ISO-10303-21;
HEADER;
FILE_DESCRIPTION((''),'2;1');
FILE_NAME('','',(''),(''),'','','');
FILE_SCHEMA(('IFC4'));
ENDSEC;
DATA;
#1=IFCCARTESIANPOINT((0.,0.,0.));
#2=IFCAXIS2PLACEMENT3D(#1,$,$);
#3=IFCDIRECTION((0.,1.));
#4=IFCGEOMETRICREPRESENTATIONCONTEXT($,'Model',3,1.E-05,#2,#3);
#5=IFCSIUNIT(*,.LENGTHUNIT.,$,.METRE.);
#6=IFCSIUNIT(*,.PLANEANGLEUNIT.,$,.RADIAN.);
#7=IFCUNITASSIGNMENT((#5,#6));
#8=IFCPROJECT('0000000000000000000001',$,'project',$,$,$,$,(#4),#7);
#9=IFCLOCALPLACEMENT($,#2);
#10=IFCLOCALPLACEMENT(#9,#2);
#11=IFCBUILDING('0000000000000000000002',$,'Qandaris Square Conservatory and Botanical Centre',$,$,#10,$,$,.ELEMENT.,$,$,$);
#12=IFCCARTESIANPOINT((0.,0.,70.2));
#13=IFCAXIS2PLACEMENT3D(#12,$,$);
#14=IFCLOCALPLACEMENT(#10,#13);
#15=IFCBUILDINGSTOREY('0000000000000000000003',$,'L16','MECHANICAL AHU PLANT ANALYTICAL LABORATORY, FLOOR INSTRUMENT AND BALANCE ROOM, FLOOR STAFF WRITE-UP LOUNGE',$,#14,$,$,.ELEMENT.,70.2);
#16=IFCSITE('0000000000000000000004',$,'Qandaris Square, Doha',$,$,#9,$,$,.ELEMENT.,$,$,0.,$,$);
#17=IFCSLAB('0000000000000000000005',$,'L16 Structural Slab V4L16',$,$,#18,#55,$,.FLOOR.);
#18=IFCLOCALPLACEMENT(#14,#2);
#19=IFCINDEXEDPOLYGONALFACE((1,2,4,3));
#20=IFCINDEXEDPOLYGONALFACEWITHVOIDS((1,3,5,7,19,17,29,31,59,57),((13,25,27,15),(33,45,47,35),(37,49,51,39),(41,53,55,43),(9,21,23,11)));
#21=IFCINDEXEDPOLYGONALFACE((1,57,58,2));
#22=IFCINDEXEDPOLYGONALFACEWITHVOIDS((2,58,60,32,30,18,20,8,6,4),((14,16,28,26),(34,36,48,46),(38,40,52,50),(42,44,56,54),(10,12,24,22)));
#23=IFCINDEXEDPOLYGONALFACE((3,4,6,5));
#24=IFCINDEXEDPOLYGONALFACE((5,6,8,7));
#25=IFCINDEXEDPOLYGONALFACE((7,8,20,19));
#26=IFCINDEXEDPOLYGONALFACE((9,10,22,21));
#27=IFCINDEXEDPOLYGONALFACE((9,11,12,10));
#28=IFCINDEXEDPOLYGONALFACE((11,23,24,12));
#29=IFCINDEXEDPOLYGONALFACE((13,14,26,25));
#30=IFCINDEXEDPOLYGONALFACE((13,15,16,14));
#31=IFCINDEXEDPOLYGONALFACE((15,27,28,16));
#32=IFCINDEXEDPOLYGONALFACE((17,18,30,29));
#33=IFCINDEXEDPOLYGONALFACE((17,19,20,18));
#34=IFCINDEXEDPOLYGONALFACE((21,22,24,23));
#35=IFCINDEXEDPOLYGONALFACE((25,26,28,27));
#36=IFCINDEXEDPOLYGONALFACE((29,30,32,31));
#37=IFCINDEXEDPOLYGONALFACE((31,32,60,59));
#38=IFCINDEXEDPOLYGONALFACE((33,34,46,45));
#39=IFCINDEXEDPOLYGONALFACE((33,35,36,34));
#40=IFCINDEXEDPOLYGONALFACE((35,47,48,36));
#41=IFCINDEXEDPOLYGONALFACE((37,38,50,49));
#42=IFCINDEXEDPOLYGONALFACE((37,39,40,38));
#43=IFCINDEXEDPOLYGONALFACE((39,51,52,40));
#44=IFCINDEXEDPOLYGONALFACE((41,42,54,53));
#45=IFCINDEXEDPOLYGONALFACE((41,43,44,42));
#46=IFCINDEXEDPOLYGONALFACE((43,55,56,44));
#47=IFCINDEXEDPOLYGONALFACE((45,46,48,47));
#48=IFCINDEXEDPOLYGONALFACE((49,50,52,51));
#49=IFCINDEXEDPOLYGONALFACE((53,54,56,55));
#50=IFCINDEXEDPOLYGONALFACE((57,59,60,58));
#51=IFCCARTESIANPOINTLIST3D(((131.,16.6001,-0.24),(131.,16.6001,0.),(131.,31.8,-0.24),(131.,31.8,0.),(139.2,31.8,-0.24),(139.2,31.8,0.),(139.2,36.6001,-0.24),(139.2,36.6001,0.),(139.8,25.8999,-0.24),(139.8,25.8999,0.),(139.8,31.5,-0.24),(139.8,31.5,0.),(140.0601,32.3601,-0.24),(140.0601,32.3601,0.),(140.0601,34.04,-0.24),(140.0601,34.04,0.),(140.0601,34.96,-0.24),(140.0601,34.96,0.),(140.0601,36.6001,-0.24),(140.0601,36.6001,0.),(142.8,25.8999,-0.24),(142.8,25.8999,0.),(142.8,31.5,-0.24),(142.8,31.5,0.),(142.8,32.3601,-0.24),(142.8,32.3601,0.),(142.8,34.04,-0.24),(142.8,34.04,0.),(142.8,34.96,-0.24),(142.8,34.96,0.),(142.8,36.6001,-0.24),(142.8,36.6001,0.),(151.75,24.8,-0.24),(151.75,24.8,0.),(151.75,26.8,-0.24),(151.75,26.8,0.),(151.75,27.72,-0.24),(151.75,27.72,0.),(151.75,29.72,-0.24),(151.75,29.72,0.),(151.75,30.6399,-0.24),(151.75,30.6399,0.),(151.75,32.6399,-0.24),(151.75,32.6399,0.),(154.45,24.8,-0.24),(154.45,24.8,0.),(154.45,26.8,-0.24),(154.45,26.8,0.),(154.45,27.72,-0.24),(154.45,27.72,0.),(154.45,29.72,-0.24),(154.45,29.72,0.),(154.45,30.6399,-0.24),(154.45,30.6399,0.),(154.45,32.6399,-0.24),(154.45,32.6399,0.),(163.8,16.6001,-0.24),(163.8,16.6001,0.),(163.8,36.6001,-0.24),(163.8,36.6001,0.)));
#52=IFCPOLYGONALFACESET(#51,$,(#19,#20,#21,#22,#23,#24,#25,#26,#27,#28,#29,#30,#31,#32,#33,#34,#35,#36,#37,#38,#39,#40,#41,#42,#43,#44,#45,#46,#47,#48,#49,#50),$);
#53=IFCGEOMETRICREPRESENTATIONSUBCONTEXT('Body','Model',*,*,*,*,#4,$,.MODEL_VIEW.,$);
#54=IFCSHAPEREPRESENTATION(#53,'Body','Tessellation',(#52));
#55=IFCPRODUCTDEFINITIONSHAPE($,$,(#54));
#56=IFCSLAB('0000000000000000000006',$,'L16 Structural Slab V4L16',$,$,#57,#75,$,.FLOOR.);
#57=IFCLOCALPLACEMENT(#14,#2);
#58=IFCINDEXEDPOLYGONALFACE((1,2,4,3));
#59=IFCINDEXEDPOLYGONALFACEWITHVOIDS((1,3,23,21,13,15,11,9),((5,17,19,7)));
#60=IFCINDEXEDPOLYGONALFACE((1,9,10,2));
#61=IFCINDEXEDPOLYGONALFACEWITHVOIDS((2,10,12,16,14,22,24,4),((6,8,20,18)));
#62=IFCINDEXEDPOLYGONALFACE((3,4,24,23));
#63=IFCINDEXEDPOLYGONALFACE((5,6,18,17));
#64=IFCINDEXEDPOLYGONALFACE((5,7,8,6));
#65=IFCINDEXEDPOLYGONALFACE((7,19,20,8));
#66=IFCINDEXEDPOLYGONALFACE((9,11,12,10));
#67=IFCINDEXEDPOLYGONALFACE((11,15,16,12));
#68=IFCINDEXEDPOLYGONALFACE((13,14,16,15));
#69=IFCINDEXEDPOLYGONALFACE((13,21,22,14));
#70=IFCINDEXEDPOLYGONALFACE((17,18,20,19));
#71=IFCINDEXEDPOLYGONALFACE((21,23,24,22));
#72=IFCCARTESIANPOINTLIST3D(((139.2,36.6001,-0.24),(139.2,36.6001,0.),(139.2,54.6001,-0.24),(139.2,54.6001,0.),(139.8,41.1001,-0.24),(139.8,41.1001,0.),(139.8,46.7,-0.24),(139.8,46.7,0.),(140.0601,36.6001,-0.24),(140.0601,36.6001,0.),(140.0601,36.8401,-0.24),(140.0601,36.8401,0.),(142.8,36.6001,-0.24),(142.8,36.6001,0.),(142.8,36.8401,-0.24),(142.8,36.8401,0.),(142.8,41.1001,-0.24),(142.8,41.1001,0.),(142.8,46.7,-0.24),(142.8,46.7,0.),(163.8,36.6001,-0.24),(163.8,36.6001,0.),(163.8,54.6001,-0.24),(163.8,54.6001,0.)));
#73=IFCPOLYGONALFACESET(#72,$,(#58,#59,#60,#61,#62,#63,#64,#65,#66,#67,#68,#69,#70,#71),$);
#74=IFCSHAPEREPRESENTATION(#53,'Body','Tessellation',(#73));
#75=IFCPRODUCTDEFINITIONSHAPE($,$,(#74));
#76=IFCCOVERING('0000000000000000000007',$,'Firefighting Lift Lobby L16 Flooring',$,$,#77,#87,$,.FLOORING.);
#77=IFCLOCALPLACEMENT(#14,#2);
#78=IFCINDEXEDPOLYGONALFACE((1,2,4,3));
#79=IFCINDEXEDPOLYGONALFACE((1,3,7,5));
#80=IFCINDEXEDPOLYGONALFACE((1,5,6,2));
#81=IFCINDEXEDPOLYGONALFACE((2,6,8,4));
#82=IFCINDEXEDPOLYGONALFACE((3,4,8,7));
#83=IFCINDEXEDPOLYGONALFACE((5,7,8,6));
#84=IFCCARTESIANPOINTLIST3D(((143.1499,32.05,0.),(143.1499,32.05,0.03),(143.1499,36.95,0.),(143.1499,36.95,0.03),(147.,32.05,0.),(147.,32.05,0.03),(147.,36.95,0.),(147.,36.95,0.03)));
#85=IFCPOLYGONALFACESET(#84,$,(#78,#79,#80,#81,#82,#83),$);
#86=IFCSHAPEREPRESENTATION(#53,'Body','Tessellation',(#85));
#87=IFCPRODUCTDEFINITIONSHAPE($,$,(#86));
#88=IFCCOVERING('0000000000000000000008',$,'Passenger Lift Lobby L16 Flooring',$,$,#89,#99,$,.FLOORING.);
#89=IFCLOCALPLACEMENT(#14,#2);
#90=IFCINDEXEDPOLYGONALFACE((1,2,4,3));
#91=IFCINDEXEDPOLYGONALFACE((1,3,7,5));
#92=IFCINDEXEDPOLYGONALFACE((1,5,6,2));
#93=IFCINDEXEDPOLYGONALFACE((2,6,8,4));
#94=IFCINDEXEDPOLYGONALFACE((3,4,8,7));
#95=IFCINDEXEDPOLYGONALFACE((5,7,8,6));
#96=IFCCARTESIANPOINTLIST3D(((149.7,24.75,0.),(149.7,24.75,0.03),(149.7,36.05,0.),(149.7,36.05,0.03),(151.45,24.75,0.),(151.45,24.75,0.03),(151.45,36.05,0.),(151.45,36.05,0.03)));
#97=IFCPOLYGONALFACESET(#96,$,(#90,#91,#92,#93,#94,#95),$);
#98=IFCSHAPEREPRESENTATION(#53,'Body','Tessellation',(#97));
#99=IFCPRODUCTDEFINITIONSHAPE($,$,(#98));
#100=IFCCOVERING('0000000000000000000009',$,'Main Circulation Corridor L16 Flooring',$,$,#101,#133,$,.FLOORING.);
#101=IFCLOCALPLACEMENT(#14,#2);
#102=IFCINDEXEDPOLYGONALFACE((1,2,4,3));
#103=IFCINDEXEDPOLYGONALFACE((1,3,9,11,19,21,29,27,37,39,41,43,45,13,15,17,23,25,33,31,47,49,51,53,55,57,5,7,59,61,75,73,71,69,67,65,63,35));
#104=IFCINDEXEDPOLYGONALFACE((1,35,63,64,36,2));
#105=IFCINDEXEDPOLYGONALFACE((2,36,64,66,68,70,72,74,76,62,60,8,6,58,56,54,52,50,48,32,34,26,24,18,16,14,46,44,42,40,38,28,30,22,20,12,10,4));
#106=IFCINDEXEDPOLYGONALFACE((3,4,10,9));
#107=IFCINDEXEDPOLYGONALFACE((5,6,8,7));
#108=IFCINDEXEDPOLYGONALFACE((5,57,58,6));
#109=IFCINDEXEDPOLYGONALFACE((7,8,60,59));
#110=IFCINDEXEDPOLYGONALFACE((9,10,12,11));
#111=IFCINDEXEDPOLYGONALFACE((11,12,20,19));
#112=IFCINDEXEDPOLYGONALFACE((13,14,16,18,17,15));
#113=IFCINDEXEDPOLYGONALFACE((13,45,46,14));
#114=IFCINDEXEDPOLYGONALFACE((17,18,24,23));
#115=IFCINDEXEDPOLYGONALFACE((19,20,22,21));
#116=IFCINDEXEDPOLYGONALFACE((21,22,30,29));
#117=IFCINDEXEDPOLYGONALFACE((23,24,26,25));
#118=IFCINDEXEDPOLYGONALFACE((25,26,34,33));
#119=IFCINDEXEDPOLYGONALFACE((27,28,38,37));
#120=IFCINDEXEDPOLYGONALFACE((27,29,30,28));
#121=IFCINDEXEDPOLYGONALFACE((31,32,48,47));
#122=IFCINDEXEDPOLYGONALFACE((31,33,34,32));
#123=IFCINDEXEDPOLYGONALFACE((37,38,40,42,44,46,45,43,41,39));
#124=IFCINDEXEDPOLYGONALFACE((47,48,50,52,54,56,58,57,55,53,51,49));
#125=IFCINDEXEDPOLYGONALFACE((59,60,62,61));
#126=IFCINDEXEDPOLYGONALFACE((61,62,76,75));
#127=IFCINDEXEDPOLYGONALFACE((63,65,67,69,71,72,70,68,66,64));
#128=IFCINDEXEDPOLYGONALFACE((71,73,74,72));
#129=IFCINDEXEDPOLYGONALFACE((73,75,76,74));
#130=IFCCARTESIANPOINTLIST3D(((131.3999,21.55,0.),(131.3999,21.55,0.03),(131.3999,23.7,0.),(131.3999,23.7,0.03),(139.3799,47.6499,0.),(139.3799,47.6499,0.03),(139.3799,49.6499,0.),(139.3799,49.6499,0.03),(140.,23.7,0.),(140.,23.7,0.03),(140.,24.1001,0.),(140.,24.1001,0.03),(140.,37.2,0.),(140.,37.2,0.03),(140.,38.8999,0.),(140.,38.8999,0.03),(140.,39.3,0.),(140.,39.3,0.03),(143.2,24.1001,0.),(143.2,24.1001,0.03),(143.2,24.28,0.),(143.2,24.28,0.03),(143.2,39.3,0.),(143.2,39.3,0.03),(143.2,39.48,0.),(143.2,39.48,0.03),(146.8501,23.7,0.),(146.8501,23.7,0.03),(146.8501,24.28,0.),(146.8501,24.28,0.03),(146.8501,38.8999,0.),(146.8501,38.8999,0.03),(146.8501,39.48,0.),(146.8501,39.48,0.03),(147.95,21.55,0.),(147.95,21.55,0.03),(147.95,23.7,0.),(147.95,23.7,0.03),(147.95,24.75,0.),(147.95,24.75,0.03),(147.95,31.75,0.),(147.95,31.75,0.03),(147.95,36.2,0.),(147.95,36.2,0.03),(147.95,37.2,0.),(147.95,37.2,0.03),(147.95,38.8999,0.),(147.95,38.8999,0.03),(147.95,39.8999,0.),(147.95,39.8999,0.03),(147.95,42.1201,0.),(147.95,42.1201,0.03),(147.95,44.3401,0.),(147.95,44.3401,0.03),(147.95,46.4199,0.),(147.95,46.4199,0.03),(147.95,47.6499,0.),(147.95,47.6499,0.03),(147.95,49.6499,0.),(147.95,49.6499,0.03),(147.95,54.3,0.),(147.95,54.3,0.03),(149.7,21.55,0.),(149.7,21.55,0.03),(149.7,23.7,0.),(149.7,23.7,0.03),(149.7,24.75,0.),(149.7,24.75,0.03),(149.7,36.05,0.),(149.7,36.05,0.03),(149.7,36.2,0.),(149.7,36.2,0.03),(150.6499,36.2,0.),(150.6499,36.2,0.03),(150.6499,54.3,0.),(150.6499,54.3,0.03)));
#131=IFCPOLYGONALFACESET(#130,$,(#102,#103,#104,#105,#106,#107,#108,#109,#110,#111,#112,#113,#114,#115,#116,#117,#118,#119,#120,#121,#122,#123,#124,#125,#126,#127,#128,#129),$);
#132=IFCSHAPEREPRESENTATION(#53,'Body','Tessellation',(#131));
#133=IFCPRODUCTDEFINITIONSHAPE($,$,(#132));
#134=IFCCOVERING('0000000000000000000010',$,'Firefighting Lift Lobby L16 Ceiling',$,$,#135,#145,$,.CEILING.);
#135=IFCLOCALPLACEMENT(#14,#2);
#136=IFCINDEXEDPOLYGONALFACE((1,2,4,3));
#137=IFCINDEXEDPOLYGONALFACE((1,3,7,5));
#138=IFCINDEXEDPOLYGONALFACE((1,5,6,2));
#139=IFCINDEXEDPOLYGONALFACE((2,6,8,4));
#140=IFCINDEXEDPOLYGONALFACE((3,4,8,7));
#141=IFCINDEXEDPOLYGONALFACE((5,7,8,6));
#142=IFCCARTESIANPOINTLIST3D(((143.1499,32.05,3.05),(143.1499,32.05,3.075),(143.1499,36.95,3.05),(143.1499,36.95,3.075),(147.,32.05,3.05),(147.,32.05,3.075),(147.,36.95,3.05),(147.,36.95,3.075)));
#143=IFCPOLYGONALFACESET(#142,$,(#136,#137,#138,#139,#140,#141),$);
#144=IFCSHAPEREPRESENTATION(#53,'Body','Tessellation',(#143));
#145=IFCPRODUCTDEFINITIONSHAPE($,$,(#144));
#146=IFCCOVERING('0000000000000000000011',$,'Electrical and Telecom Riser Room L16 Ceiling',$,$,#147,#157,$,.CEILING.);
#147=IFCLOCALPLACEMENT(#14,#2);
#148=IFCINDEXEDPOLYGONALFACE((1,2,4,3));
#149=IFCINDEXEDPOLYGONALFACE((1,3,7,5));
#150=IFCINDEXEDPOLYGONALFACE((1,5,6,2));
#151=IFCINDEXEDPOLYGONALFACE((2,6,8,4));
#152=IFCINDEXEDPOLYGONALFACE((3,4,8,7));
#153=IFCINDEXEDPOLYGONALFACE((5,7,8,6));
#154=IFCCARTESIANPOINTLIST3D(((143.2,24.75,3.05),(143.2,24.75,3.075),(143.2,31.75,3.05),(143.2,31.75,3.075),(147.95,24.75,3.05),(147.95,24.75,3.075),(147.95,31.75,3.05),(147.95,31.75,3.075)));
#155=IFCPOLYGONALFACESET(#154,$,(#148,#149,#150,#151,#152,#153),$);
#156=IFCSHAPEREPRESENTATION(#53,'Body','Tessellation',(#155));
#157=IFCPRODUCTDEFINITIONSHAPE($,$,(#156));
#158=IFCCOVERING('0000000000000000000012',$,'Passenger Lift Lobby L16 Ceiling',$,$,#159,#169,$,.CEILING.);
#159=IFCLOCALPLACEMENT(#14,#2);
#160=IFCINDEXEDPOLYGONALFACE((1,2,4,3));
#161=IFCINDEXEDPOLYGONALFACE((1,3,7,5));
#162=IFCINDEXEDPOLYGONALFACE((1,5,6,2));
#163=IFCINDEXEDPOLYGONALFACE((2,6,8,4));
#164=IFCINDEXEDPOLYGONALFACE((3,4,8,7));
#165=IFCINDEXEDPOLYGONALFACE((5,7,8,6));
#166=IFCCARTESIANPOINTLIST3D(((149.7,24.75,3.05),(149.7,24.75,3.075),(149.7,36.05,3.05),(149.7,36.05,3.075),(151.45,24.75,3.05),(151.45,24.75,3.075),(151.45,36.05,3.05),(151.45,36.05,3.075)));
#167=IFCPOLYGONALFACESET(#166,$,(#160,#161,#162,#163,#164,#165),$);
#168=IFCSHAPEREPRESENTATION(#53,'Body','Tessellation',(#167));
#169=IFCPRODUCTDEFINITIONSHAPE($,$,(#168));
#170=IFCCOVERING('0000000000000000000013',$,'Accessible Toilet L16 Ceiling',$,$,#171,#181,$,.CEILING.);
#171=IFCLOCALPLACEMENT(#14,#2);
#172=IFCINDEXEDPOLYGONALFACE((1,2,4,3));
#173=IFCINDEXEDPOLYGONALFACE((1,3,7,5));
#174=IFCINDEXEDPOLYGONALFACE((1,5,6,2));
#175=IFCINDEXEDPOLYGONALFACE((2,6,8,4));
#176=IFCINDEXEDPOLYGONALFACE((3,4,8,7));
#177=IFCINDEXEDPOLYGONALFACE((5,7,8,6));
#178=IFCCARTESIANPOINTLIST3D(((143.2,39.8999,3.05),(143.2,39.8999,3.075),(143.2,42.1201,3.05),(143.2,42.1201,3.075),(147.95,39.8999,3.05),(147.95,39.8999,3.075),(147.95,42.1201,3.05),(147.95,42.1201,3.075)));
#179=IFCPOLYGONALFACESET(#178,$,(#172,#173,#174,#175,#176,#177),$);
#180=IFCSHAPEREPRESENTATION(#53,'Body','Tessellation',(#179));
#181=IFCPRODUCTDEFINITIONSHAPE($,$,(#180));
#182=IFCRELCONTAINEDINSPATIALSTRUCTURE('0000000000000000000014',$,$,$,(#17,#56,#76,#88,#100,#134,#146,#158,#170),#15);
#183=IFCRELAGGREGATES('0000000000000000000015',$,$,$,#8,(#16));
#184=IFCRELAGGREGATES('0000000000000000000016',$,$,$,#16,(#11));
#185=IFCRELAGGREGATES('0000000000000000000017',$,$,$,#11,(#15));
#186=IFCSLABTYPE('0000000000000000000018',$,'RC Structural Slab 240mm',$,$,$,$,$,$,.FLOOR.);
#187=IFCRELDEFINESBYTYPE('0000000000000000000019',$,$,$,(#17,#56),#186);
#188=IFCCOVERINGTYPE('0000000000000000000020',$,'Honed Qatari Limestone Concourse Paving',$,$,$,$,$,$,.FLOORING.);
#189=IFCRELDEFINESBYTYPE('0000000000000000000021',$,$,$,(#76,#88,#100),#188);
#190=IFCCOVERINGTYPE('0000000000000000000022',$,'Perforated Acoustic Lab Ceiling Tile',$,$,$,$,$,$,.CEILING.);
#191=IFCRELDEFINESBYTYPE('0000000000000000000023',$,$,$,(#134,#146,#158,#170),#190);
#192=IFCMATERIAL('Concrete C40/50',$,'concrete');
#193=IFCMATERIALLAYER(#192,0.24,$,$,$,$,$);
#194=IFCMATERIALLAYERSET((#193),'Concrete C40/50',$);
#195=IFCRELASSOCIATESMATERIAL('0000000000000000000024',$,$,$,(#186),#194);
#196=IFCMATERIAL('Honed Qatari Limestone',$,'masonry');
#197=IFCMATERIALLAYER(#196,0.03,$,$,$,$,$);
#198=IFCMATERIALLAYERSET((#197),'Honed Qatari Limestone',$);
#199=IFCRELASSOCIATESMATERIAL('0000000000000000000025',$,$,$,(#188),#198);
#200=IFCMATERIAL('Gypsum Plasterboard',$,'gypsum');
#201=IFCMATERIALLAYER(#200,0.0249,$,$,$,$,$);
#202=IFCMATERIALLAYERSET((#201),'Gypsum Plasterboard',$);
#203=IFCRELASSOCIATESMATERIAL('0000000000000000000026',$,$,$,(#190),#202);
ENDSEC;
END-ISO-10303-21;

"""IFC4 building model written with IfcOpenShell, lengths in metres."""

from ifc_helpers import new_model, si_unit, direction, frame, origin, place, context, subcontext, project, spatial, polyline, outline, extrude, material, layer, layer_set, type_object, element, save


model = new_model("IFC4")

# Units and contexts
model_context = context("Model", 3, precision=1e-05, world=origin(), true_north=direction((0.0, 1.0)))
body_context = subcontext(model_context, "Body", "Model", "MODEL_VIEW")
ifc_project = project(units=[si_unit("LENGTHUNIT", "METRE"), si_unit("PLANEANGLEUNIT", "RADIAN")], contexts=[model_context])

# Site, building, storey
site_placement = place(None, origin())
site = spatial("IfcSite", under=ifc_project, at=site_placement, Name="Qandaris Square, Doha", CompositionType="ELEMENT", RefElevation=0.0)
building_placement = place(site_placement, origin())
building = spatial("IfcBuilding", under=site, at=building_placement, Name="Qandaris Square Conservatory and Botanical Centre", CompositionType="ELEMENT")
storey_placement = place(building_placement, frame((0.0, 0.0, 70.2)))
storey = spatial("IfcBuildingStorey", under=building, at=storey_placement, Name="L16", Description="MECHANICAL AHU PLANT ANALYTICAL LABORATORY, FLOOR INSTRUMENT AND BALANCE ROOM, FLOOR STAFF WRITE-UP LOUNGE", CompositionType="ELEMENT", Elevation=70.2)

# Slabs
ifc_material_1 = material(Name="Concrete C40/50", Category="concrete")
ifc_layer_1 = layer(ifc_material_1, 0.24)
ifc_layer_set_1 = layer_set([ifc_layer_1], Name="Concrete C40/50")
slab_type = type_object("IfcSlabType", Name="RC Structural Slab 240mm", PredefinedType="FLOOR", material=ifc_layer_set_1)
slab_1_placement = place(storey_placement, frame((0.0, 0.0, -0.24)))
element("IfcSlab", 1, at=slab_1_placement, inside=storey, type_object=slab_type, Name="L16 Structural Slab V4L16", PredefinedType="FLOOR", context=body_context, shape_type="SweptSolid", body=[
    extrude(outline(polyline([(139.2, 31.8), (139.2, 36.6001), (140.0601, 36.6001), (140.0601, 34.96), (142.8, 34.96), (142.8, 36.6001), (163.8, 36.6001), (163.8, 16.6001), (131.0, 16.6001), (131.0, 31.8), (139.2, 31.8)]), holes=[polyline([(154.45, 24.8), (154.45, 26.8), (151.75, 26.8), (151.75, 24.8), (154.45, 24.8)]), polyline([(139.8, 25.8999), (142.8, 25.8999), (142.8, 31.5), (139.8, 31.5), (139.8, 25.8999)]), polyline([(151.75, 27.72), (154.45, 27.72), (154.45, 29.72), (151.75, 29.72), (151.75, 27.72)]), polyline([(151.75, 30.6399), (154.45, 30.6399), (154.45, 32.6399), (151.75, 32.6399), (151.75, 30.6399)]), polyline([(140.0601, 32.3601), (142.8, 32.3601), (142.8, 34.04), (140.0601, 34.04), (140.0601, 32.3601)])]), origin(), (0.0, 0.0, 1.0), 0.24),
])
slab_2_placement = place(storey_placement, frame((0.0, 0.0, -0.24)))
element("IfcSlab", 2, at=slab_2_placement, inside=storey, type_object=slab_type, Name="L16 Structural Slab V4L16", PredefinedType="FLOOR", context=body_context, shape_type="SweptSolid", body=[
    extrude(outline(polyline([(139.2, 54.6001), (163.8, 54.6001), (163.8, 36.6001), (142.8, 36.6001), (142.8, 36.8401), (140.0601, 36.8401), (140.0601, 36.6001), (139.2, 36.6001), (139.2, 54.6001)]), holes=[polyline([(139.8, 41.1001), (142.8, 41.1001), (142.8, 46.7), (139.8, 46.7), (139.8, 41.1001)])]), origin(), (0.0, 0.0, 1.0), 0.24),
])

# Coverings
ifc_material_2 = material(Name="Honed Qatari Limestone", Category="masonry")
ifc_layer_2 = layer(ifc_material_2, 0.03)
ifc_layer_set_2 = layer_set([ifc_layer_2], Name="Honed Qatari Limestone")
covering_type_1 = type_object("IfcCoveringType", Name="Honed Qatari Limestone Concourse Paving", PredefinedType="FLOORING", material=ifc_layer_set_2)
covering_1_placement = place(storey_placement, origin())
element("IfcCovering", 3, at=covering_1_placement, inside=storey, type_object=covering_type_1, Name="Firefighting Lift Lobby L16 Flooring", PredefinedType="FLOORING", context=body_context, shape_type="SweptSolid", body=[
    extrude(outline(polyline([(143.1499, 36.95), (147.0, 36.95), (147.0, 32.05), (143.1499, 32.05), (143.1499, 36.95)])), origin(), (0.0, 0.0, 1.0), 0.03),
])
covering_2_placement = place(storey_placement, origin())
element("IfcCovering", 4, at=covering_2_placement, inside=storey, type_object=covering_type_1, Name="Passenger Lift Lobby L16 Flooring", PredefinedType="FLOORING", context=body_context, shape_type="SweptSolid", body=[
    extrude(outline(polyline([(149.7, 36.05), (151.45, 36.05), (151.45, 24.75), (149.7, 24.75), (149.7, 36.05)])), origin(), (0.0, 0.0, 1.0), 0.03),
])
covering_3_placement = place(storey_placement, origin())
element("IfcCovering", 5, at=covering_3_placement, inside=storey, type_object=covering_type_1, Name="Main Circulation Corridor L16 Flooring", PredefinedType="FLOORING", context=body_context, shape_type="SweptSolid", body=[
    extrude(outline(polyline([(140.0, 24.1001), (143.2, 24.1001), (143.2, 24.28), (146.8501, 24.28), (146.8501, 23.7), (147.95, 23.7), (147.95, 24.75), (147.95, 31.75), (147.95, 36.2), (147.95, 37.2), (140.0, 37.2), (140.0, 38.8999), (140.0, 39.3), (143.2, 39.3), (143.2, 39.48), (146.8501, 39.48), (146.8501, 38.8999), (147.95, 38.8999), (147.95, 39.8999), (147.95, 42.1201), (147.95, 44.3401), (147.95, 46.4199), (147.95, 47.6499), (139.3799, 47.6499), (139.3799, 49.6499), (147.95, 49.6499), (147.95, 54.3), (150.6499, 54.3), (150.6499, 36.2), (149.7, 36.2), (149.7, 36.05), (149.7, 24.75), (149.7, 23.7), (149.7, 21.55), (147.95, 21.55), (131.3999, 21.55), (131.3999, 23.7), (140.0, 23.7), (140.0, 24.1001)])), origin(), (0.0, 0.0, 1.0), 0.03),
])
ifc_material_3 = material(Name="Gypsum Plasterboard", Category="gypsum")
ifc_layer_3 = layer(ifc_material_3, 0.0249)
ifc_layer_set_3 = layer_set([ifc_layer_3], Name="Gypsum Plasterboard")
covering_type_2 = type_object("IfcCoveringType", Name="Perforated Acoustic Lab Ceiling Tile", PredefinedType="CEILING", material=ifc_layer_set_3)
covering_4_placement = place(storey_placement, frame((0.0, 0.0, 3.05)))
element("IfcCovering", 6, at=covering_4_placement, inside=storey, type_object=covering_type_2, Name="Firefighting Lift Lobby L16 Ceiling", PredefinedType="CEILING", context=body_context, shape_type="SweptSolid", body=[
    extrude(outline(polyline([(143.1499, 36.95), (147.0, 36.95), (147.0, 32.05), (143.1499, 32.05), (143.1499, 36.95)])), origin(), (0.0, 0.0, 1.0), 0.0249),
])
covering_5_placement = place(storey_placement, frame((0.0, 0.0, 3.05)))
element("IfcCovering", 7, at=covering_5_placement, inside=storey, type_object=covering_type_2, Name="Electrical and Telecom Riser Room L16 Ceiling", PredefinedType="CEILING", context=body_context, shape_type="SweptSolid", body=[
    extrude(outline(polyline([(147.95, 31.75), (147.95, 24.75), (143.2, 24.75), (143.2, 31.75), (147.95, 31.75)])), origin(), (0.0, 0.0, 1.0), 0.0249),
])
covering_6_placement = place(storey_placement, frame((0.0, 0.0, 3.05)))
element("IfcCovering", 8, at=covering_6_placement, inside=storey, type_object=covering_type_2, Name="Passenger Lift Lobby L16 Ceiling", PredefinedType="CEILING", context=body_context, shape_type="SweptSolid", body=[
    extrude(outline(polyline([(149.7, 36.05), (151.45, 36.05), (151.45, 24.75), (149.7, 24.75), (149.7, 36.05)])), origin(), (0.0, 0.0, 1.0), 0.0249),
])
covering_7_placement = place(storey_placement, frame((0.0, 0.0, 3.05)))
element("IfcCovering", 9, at=covering_7_placement, inside=storey, type_object=covering_type_2, Name="Accessible Toilet L16 Ceiling", PredefinedType="CEILING", context=body_context, shape_type="SweptSolid", body=[
    extrude(outline(polyline([(147.95, 42.1201), (147.95, 39.8999), (143.2, 39.8999), (143.2, 42.1201), (147.95, 42.1201)])), origin(), (0.0, 0.0, 1.0), 0.0249),
])

save(model, "model.ifc")
